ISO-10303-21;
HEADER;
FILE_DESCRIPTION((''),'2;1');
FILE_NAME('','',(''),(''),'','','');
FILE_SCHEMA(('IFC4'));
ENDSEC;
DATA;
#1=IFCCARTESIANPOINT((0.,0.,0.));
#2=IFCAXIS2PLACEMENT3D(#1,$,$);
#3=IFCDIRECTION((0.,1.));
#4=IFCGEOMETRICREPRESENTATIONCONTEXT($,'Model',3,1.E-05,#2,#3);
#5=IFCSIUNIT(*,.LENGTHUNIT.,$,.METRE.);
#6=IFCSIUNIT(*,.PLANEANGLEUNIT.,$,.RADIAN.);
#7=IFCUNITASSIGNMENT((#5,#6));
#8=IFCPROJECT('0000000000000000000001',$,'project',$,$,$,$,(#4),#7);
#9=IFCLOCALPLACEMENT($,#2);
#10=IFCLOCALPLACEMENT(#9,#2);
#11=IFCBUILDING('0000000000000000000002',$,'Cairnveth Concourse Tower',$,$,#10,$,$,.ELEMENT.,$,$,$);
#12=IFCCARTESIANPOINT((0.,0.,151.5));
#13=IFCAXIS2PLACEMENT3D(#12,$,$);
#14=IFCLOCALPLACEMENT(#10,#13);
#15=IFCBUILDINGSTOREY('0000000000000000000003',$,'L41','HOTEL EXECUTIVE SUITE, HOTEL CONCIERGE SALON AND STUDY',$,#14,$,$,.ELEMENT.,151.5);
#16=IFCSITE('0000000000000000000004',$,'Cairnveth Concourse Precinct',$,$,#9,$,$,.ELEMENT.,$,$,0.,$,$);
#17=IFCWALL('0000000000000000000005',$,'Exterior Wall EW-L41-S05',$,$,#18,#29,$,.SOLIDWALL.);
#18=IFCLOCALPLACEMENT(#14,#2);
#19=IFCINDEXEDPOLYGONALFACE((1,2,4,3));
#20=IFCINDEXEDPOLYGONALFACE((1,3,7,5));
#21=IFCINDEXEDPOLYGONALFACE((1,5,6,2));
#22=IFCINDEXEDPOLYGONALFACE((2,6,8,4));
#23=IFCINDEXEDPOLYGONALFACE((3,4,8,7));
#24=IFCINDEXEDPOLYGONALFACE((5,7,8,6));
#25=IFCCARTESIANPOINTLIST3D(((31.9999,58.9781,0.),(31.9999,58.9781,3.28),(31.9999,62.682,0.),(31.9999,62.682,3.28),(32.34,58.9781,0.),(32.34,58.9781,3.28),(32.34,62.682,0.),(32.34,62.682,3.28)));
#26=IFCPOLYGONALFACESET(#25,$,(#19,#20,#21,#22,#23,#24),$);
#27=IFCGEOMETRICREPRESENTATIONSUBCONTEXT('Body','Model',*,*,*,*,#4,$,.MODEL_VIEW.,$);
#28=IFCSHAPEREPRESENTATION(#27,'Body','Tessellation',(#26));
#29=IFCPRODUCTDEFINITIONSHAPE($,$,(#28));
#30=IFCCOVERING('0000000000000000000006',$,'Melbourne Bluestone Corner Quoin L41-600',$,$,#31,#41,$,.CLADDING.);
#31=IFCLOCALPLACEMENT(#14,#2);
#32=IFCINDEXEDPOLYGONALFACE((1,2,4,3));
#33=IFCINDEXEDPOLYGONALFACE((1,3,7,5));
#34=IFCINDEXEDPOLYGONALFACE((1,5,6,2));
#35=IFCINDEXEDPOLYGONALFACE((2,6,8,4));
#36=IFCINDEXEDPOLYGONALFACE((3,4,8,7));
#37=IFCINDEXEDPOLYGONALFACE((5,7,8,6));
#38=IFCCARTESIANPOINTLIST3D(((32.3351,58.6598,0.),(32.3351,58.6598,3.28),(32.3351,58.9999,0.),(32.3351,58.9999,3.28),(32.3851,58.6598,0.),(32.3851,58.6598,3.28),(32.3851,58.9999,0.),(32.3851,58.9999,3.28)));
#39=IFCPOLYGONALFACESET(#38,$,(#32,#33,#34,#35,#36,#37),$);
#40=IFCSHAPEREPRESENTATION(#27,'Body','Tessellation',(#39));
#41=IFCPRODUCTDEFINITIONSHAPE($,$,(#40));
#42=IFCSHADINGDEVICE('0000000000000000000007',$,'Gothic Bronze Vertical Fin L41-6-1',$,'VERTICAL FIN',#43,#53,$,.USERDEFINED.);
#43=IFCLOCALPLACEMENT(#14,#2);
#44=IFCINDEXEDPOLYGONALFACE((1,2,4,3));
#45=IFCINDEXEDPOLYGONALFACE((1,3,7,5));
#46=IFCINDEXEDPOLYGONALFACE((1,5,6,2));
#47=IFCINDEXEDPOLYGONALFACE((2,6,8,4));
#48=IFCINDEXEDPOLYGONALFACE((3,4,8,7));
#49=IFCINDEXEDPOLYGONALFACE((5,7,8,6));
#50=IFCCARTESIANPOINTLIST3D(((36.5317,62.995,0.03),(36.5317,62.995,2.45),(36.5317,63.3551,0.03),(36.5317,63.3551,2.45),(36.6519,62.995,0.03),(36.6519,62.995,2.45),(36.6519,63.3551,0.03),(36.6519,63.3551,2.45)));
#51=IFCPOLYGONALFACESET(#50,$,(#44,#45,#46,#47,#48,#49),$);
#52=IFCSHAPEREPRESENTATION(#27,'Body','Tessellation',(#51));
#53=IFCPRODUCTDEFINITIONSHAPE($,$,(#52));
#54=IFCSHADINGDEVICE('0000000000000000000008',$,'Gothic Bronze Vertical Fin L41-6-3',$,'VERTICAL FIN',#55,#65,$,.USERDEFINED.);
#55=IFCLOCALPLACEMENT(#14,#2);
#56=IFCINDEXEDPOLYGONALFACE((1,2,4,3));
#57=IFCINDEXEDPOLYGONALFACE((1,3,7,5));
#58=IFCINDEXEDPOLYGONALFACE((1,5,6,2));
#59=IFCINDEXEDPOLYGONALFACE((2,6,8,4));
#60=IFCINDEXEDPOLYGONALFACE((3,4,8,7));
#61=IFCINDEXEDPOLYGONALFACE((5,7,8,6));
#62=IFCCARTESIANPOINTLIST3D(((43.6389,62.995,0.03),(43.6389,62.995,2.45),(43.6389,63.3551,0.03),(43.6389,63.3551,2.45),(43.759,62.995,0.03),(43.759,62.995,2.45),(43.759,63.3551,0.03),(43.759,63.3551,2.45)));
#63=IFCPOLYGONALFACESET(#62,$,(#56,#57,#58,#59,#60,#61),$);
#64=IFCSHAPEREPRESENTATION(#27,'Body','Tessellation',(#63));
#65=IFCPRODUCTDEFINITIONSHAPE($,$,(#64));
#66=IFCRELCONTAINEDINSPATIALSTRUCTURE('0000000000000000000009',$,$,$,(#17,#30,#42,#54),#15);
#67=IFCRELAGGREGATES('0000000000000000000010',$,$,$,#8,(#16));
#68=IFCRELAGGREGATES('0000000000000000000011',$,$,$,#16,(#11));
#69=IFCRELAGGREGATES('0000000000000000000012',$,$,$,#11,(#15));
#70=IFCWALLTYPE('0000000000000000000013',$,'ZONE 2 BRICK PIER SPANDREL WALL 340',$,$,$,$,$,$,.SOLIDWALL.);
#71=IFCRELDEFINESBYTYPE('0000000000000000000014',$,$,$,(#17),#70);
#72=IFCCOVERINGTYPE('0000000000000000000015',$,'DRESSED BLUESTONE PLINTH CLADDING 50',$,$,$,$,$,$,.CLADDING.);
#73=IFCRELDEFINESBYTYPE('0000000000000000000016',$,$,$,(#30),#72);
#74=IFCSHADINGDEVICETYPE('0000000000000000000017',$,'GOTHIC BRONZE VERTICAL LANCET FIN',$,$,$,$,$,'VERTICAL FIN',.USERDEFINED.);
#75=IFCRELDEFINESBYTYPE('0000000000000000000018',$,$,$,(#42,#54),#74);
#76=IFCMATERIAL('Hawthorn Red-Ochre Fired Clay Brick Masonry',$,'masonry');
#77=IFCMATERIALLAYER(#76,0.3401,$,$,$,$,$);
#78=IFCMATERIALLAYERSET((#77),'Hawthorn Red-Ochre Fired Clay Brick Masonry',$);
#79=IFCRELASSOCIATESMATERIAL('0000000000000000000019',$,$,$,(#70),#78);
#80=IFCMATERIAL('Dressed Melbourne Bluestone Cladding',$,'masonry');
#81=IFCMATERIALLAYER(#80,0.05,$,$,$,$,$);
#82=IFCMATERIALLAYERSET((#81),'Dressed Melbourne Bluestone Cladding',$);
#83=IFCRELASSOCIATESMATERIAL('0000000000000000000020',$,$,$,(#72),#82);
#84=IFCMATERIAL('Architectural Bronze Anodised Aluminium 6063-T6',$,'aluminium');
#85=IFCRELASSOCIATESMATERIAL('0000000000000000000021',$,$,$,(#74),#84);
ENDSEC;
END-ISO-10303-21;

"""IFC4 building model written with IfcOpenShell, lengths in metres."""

from ifc_helpers import new_model, si_unit, direction, frame, frame_2d, origin, origin_2d, place, context, subcontext, project, spatial, rectangle, extrude, material, layer, layer_set, type_object, element, save


model = new_model("IFC4")

# Units and contexts
model_context = context("Model", 3, precision=1e-05, world=origin(), true_north=direction((0.0, 1.0)))
body_context = subcontext(model_context, "Body", "Model", "MODEL_VIEW")
ifc_project = project(units=[si_unit("LENGTHUNIT", "METRE"), si_unit("PLANEANGLEUNIT", "RADIAN")], contexts=[model_context])

# Site, building, storey
site_placement = place(None, origin())
site = spatial("IfcSite", under=ifc_project, at=site_placement, Name="Cairnveth Concourse Precinct", CompositionType="ELEMENT", RefElevation=0.0)
building_placement = place(site_placement, origin())
building = spatial("IfcBuilding", under=site, at=building_placement, Name="Cairnveth Concourse Tower", CompositionType="ELEMENT")
storey_placement = place(building_placement, frame((0.0, 0.0, 151.5)))
storey = spatial("IfcBuildingStorey", under=building, at=storey_placement, Name="L41", Description="HOTEL EXECUTIVE SUITE, HOTEL CONCIERGE SALON AND STUDY", CompositionType="ELEMENT", Elevation=151.5)

# Wall
ifc_material_1 = material(Name="Hawthorn Red-Ochre Fired Clay Brick Masonry", Category="masonry")
ifc_layer_1 = layer(ifc_material_1, 0.3401)
ifc_layer_set_1 = layer_set([ifc_layer_1], Name="Hawthorn Red-Ochre Fired Clay Brick Masonry")
wall_type_1 = type_object("IfcWallType", Name="ZONE 2 BRICK PIER SPANDREL WALL 340", PredefinedType="SOLIDWALL", material=ifc_layer_set_1)
wall_1_placement = place(storey_placement, frame((32.1699, 58.978, 0.0), z_axis=(0.0, 0.0, 1.0), x_axis=(0.0, 1.0, 0.0)))
element("IfcWall", 1, at=wall_1_placement, inside=storey, type_object=wall_type_1, Name="Exterior Wall EW-L41-S05", PredefinedType="SOLIDWALL", context=body_context, shape_type="SweptSolid", body=[
    extrude(rectangle(XDim=3.7039, YDim=0.3401, at=frame_2d((1.8521, 0.0))), origin(), (0.0, 0.0, 1.0), 3.28),
])

# Covering
ifc_material_2 = material(Name="Dressed Melbourne Bluestone Cladding", Category="masonry")
ifc_layer_2 = layer(ifc_material_2, 0.05)
ifc_layer_set_2 = layer_set([ifc_layer_2], Name="Dressed Melbourne Bluestone Cladding")
covering_type = type_object("IfcCoveringType", Name="DRESSED BLUESTONE PLINTH CLADDING 50", PredefinedType="CLADDING", material=ifc_layer_set_2)
covering_placement = place(storey_placement, frame((32.3601, 58.6599, 0.0), z_axis=(0.0, 0.0, 1.0), x_axis=(0.0, 1.0, 0.0)))
element("IfcCovering", 2, at=covering_placement, inside=storey, type_object=covering_type, Name="Melbourne Bluestone Corner Quoin L41-600", PredefinedType="CLADDING", context=body_context, shape_type="SweptSolid", body=[
    extrude(rectangle(XDim=0.3401, YDim=0.05, at=frame_2d((0.1699, 0.0))), origin(), (0.0, 0.0, 1.0), 3.28),
])

# Shading devices
ifc_material_3 = material(Name="Architectural Bronze Anodised Aluminium 6063-T6", Category="aluminium")
shading_device_type = type_object("IfcShadingDeviceType", Name="GOTHIC BRONZE VERTICAL LANCET FIN", ElementType="VERTICAL FIN", PredefinedType="USERDEFINED", material=ifc_material_3)
for number, where, z_axis, x_axis, name in (
    (3, (36.5918, 63.175, 0.03), (0.0, 0.0, 1.0), (1.0, 0.0, 0.0), "Gothic Bronze Vertical Fin L41-6-1"),
    (4, (43.699, 63.175, 0.03), (0.0, 0.0, 1.0), (1.0, 0.0, 0.0), "Gothic Bronze Vertical Fin L41-6-3"),
):
    element("IfcShadingDevice", number, at=place(storey_placement, frame(where, z_axis=z_axis, x_axis=x_axis)), inside=storey, type_object=shading_device_type, Name=name, ObjectType="VERTICAL FIN", PredefinedType="USERDEFINED", context=body_context, shape_type="SweptSolid", body=[
        extrude(rectangle(XDim=0.1201, YDim=0.3601, at=origin_2d()), origin(), (0.0, 0.0, 1.0), 2.4199),
    ])

save(model, "model.ifc")
